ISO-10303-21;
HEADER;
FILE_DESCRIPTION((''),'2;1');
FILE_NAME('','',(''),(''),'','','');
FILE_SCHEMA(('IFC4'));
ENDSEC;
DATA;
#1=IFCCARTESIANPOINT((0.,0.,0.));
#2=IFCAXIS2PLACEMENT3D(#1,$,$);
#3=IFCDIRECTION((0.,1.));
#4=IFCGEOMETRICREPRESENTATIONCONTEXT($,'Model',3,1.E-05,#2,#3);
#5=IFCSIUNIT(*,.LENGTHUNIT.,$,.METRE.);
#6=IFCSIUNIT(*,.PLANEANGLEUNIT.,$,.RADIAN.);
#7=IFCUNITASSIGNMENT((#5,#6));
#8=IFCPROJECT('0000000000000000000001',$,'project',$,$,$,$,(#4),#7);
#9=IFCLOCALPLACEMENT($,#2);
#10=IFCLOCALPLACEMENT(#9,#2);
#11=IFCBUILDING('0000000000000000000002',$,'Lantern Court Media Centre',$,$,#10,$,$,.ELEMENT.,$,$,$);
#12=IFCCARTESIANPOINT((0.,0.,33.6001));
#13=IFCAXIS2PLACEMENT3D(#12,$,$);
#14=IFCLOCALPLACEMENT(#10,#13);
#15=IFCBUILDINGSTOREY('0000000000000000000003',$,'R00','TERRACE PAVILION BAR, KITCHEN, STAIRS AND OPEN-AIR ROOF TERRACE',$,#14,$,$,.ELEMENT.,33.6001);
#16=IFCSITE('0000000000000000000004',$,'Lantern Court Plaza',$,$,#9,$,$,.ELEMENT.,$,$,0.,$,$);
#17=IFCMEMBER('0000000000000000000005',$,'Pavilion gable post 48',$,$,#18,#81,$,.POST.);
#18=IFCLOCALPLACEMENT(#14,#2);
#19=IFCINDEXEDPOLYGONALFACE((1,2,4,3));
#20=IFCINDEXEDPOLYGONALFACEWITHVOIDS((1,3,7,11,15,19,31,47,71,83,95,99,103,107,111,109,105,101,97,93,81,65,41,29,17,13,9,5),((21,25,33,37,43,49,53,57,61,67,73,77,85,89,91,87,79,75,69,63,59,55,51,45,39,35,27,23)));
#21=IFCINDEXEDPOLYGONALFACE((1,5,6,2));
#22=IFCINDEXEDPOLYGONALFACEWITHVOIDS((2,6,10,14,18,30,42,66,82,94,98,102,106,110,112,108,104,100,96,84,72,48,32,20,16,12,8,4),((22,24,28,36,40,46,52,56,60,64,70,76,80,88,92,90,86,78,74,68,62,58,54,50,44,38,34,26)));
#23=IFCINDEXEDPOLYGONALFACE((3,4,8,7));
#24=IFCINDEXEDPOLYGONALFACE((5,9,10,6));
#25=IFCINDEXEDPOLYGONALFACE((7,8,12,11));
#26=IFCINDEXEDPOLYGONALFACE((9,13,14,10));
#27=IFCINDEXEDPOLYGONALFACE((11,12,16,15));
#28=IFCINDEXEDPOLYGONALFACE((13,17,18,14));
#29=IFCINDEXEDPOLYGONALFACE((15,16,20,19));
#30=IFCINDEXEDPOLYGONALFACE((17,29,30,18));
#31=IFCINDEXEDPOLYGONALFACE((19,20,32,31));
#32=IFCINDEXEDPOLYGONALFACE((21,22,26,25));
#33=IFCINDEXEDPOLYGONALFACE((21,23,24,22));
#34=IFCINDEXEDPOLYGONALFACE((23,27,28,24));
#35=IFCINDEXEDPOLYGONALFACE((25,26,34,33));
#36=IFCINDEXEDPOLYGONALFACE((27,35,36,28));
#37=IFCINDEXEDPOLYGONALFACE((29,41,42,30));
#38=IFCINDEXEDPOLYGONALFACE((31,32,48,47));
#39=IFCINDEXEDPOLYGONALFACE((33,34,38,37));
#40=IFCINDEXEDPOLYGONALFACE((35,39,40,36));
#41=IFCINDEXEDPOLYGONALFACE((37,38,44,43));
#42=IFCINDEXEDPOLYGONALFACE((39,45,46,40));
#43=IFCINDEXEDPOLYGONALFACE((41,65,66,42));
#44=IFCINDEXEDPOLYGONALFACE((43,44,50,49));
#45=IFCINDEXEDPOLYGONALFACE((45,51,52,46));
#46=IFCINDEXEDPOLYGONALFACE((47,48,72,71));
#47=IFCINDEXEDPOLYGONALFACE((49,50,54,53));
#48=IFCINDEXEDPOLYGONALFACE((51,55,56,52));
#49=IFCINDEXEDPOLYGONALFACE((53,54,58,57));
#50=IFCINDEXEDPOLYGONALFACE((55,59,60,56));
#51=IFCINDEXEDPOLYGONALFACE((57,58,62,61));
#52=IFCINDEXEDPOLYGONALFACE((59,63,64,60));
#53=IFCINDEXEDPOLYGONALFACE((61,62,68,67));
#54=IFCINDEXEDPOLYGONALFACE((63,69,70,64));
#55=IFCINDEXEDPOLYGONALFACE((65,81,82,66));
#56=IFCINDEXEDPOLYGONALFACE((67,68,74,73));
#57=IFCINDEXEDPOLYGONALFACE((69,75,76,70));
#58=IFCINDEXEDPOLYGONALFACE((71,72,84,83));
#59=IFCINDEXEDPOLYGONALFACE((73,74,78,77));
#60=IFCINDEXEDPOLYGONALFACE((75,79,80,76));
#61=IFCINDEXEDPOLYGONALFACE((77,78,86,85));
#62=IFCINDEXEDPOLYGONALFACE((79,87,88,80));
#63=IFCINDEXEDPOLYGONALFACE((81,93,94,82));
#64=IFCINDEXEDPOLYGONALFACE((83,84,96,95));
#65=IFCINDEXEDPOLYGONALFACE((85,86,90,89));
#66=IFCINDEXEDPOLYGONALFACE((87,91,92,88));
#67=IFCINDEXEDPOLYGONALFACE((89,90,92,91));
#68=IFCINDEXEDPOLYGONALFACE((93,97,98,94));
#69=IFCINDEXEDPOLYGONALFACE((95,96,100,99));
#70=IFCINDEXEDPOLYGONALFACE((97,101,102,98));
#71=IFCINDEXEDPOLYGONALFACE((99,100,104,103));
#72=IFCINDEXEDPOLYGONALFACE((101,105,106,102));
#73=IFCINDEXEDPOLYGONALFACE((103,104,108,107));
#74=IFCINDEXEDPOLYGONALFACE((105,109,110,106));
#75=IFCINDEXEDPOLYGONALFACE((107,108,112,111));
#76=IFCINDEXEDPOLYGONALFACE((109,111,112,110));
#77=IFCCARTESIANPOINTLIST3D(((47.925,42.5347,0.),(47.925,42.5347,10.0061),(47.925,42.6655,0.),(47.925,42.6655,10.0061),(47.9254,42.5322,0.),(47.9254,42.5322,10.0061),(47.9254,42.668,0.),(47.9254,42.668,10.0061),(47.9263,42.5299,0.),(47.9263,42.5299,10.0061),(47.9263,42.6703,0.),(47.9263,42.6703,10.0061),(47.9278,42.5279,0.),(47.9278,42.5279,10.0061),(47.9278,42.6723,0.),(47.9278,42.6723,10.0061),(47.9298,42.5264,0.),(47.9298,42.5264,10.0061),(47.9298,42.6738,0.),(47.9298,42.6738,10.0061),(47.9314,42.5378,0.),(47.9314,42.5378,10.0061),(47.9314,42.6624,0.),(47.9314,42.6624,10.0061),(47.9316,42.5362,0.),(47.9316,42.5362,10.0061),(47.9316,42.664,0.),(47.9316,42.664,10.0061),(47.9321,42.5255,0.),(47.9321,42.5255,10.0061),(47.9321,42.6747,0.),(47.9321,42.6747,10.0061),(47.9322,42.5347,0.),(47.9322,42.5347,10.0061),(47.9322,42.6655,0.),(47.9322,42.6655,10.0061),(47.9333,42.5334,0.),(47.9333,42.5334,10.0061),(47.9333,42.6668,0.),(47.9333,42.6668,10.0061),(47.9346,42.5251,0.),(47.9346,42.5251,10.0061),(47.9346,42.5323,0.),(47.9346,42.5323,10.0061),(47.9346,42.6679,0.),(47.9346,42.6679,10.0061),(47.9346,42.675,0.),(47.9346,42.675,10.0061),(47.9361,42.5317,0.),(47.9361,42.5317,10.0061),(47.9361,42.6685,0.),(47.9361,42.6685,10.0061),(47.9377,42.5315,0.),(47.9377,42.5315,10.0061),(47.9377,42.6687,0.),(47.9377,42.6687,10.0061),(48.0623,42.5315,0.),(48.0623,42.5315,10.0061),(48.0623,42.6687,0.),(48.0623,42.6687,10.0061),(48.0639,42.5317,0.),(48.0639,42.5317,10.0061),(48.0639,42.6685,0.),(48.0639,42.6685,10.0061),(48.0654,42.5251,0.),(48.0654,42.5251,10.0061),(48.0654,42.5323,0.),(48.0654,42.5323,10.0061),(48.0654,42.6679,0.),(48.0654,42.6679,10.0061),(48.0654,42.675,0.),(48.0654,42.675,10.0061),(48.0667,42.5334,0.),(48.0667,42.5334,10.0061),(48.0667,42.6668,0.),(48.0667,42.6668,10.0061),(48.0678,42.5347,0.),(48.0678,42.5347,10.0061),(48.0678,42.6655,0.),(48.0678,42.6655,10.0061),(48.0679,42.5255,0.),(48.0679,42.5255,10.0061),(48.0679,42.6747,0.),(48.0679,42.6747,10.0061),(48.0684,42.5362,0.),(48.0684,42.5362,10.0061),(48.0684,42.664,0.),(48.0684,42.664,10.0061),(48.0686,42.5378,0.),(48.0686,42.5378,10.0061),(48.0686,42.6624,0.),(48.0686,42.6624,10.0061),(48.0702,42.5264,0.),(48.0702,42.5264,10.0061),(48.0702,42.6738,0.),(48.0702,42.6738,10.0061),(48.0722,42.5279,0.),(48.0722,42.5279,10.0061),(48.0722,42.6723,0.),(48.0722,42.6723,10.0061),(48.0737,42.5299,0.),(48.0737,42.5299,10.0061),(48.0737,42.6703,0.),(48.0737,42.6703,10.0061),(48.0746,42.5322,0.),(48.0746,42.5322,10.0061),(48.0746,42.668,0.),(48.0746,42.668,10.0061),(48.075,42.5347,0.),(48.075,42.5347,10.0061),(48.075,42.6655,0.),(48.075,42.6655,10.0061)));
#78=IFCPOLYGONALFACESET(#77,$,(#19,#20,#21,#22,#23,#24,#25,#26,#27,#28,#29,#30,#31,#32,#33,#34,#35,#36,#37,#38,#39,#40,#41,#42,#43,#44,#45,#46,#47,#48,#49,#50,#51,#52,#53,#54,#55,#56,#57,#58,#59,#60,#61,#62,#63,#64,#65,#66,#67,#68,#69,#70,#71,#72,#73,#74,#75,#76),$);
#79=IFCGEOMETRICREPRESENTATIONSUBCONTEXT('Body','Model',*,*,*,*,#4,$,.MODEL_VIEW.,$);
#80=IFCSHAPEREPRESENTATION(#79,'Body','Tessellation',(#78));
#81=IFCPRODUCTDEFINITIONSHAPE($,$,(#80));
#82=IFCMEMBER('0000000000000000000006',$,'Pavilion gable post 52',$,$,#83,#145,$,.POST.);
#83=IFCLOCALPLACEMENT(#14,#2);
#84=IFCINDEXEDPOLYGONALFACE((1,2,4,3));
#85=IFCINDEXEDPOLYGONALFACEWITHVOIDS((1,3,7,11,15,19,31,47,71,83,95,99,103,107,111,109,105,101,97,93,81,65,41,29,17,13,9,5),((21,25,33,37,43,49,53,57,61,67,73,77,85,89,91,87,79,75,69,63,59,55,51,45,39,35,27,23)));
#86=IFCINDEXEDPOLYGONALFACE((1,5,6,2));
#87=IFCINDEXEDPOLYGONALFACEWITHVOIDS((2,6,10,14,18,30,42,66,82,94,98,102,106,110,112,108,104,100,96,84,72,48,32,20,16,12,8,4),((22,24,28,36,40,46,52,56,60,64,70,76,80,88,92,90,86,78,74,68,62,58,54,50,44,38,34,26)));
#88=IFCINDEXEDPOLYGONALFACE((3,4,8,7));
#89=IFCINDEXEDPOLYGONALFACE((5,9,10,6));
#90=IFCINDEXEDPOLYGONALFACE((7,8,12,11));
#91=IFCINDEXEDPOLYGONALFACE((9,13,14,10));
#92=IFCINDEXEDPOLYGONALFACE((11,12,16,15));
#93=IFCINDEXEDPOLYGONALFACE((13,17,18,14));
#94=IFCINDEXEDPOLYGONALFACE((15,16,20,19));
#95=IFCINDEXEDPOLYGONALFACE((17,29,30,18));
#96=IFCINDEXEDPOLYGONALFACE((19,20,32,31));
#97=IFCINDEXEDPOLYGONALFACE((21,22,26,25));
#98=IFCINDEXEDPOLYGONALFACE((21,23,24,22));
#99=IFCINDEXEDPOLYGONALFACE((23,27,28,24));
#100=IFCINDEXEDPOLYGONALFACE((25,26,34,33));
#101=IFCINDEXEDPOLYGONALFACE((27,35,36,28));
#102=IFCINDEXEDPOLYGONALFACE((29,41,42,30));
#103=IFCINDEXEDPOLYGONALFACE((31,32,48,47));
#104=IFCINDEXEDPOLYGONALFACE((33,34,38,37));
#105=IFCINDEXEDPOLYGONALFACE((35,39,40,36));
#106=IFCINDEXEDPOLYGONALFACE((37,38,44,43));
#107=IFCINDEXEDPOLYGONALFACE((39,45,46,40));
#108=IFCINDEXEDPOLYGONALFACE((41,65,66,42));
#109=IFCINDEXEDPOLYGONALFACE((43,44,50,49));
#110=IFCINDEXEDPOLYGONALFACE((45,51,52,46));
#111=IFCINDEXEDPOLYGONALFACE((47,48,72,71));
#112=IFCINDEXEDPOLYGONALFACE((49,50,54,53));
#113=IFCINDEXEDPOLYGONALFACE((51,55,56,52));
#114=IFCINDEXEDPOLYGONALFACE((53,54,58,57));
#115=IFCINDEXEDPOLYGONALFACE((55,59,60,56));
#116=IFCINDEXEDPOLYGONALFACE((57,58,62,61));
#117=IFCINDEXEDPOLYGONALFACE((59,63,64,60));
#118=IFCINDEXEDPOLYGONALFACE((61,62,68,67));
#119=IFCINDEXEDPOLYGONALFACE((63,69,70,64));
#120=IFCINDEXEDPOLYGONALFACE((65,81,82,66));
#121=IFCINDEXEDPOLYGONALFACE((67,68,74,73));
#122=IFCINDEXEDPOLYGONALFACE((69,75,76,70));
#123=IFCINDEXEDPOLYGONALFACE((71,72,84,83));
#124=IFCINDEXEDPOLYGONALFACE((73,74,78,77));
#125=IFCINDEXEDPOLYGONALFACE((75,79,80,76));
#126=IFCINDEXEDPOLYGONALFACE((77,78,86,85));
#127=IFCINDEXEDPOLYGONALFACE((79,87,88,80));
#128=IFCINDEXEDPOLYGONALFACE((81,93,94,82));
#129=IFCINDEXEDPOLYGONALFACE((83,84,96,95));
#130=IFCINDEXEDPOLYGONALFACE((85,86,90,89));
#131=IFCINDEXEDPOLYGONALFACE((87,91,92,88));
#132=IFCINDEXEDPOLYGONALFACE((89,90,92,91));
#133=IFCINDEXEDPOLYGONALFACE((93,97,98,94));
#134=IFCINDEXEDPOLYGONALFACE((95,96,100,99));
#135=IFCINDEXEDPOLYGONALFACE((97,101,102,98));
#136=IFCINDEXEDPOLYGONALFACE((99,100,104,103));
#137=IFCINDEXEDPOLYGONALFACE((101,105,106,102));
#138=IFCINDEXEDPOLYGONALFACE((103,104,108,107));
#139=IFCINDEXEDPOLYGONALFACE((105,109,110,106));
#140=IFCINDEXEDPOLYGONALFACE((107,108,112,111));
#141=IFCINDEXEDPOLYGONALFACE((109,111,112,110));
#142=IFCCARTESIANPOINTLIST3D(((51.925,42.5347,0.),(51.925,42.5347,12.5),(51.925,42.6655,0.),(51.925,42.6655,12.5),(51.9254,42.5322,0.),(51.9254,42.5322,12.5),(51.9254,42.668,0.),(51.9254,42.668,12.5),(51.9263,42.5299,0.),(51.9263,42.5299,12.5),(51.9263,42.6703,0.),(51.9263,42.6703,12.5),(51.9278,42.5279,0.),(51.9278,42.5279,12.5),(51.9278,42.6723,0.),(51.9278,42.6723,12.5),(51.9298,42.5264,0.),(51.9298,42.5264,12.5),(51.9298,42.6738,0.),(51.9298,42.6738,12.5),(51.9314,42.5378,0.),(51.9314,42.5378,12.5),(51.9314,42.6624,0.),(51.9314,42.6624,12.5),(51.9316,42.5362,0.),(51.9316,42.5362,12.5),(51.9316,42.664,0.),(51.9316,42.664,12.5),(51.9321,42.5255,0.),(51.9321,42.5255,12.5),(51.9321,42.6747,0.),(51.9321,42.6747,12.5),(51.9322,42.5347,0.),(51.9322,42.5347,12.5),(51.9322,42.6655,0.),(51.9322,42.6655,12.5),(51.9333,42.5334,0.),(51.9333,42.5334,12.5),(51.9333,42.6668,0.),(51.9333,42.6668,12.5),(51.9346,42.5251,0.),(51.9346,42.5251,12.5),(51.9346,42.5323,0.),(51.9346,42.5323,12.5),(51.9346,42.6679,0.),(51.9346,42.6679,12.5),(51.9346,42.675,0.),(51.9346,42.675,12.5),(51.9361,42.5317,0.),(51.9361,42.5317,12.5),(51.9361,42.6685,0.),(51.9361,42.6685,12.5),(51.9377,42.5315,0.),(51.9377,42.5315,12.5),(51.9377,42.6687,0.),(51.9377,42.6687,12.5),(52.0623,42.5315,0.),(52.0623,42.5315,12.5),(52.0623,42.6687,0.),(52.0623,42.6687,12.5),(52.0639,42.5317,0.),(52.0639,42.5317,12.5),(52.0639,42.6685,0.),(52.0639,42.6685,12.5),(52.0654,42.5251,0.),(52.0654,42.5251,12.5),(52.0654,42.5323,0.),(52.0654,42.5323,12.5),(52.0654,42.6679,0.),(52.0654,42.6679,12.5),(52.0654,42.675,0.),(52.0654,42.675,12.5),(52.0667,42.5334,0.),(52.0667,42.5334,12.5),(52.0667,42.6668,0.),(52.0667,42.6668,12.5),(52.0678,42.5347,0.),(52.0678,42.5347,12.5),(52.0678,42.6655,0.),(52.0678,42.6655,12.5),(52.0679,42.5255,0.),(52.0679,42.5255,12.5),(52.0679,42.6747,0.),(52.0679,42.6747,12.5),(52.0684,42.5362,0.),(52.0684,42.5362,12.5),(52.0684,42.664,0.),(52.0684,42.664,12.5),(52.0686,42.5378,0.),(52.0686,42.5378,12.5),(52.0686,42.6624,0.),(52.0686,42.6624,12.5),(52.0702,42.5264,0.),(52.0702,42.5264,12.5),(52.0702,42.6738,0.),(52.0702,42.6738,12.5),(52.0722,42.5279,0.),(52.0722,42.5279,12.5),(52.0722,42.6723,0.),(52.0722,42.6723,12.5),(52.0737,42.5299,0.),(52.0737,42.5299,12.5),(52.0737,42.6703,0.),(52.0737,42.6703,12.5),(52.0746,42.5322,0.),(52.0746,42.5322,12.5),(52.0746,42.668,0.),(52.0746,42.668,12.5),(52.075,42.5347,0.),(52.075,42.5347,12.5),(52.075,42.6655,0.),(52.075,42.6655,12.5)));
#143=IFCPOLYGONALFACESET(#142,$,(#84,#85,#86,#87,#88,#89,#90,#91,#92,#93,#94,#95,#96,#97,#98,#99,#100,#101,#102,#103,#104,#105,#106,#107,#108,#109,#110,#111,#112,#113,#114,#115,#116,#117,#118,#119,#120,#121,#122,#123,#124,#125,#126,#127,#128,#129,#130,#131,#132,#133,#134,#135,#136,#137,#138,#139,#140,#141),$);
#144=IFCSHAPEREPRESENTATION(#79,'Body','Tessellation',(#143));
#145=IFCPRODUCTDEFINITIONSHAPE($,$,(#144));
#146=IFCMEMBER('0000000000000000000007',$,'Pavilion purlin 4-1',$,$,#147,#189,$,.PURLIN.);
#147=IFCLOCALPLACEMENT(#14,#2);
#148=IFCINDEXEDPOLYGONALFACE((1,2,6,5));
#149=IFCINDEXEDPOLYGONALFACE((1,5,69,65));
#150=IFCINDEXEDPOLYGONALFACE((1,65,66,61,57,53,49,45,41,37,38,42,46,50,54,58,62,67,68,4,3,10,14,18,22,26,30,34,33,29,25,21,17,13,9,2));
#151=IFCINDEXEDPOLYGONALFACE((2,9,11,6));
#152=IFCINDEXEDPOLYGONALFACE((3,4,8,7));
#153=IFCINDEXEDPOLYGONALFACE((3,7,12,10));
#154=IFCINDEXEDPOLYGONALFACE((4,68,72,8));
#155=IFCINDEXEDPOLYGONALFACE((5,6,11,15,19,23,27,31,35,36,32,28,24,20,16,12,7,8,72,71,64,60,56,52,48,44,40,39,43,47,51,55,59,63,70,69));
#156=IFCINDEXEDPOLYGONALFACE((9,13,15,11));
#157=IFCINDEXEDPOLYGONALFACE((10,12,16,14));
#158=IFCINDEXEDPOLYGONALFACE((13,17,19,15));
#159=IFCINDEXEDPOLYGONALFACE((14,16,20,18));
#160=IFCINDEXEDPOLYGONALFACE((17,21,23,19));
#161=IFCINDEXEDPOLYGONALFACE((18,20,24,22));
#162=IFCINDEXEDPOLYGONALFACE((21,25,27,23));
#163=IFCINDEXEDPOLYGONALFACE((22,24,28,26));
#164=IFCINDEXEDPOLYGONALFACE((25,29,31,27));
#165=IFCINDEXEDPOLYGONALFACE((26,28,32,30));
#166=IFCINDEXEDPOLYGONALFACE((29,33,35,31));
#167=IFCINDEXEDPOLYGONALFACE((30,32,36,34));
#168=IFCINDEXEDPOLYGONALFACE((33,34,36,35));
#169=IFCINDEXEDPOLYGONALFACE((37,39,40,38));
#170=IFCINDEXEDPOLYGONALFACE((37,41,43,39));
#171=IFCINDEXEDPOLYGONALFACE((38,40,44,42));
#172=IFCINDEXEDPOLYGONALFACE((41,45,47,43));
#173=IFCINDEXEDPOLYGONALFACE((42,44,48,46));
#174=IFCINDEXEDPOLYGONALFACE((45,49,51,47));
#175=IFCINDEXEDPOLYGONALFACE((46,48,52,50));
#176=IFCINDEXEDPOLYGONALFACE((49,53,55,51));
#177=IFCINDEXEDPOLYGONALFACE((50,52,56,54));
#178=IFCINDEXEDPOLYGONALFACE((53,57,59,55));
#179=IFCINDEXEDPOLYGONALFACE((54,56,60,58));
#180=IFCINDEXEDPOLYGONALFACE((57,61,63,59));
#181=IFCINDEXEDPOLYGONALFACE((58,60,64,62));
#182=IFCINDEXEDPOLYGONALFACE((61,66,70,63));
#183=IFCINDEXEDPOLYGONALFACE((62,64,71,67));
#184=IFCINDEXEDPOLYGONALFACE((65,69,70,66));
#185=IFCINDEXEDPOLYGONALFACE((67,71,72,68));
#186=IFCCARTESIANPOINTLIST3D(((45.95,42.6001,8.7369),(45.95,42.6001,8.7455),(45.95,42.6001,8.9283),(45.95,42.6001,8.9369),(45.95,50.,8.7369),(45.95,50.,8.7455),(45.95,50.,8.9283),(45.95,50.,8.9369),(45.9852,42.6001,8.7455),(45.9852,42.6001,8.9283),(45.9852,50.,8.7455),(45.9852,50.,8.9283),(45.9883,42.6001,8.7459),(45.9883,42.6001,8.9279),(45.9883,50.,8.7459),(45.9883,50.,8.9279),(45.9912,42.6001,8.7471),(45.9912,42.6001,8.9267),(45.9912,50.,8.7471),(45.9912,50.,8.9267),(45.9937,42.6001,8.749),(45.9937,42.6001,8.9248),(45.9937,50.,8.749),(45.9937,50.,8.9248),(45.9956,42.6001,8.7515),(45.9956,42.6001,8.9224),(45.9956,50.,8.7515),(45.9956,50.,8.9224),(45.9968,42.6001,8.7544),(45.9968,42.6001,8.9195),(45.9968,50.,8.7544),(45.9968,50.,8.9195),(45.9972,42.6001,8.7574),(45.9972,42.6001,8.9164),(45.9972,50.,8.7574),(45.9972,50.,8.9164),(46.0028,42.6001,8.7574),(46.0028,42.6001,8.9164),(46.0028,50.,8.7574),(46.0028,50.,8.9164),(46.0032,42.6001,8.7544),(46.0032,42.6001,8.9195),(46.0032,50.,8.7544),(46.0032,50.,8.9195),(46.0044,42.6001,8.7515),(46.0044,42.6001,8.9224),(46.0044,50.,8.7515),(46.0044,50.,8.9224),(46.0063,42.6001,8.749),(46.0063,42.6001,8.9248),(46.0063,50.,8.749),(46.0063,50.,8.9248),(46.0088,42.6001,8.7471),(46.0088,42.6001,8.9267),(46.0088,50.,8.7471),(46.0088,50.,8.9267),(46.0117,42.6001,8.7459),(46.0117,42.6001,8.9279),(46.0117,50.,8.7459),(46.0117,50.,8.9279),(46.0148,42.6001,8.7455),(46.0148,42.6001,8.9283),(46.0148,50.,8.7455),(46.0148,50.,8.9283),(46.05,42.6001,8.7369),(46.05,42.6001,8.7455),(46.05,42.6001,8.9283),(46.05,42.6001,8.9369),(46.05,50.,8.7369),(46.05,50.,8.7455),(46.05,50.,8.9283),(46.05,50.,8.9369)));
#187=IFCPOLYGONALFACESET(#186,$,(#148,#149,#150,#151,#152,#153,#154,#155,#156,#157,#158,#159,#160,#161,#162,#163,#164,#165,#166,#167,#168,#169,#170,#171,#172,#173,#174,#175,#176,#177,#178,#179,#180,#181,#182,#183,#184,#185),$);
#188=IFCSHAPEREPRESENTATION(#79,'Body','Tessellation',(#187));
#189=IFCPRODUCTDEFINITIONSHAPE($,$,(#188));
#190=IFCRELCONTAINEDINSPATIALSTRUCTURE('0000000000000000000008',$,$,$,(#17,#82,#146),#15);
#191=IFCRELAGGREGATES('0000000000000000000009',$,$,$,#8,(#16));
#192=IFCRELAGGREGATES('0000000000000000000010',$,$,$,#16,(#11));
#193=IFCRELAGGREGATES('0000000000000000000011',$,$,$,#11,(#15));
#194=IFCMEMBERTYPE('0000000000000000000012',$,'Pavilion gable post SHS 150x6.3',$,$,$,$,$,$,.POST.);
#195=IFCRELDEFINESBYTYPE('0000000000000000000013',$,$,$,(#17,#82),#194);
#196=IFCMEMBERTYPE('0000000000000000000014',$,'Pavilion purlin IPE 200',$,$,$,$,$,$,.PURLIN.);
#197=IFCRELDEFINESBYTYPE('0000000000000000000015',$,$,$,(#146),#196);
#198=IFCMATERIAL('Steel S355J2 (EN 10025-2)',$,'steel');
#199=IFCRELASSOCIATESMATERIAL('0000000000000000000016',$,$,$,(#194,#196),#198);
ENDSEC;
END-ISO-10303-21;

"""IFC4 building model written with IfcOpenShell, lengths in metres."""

from ifc_helpers import new_model, si_unit, direction, frame, origin, origin_2d, place, context, subcontext, project, spatial, hollow_rectangle, i_section, extrude, material, material_profile, profile_set, type_object, element, save


model = new_model("IFC4")

# Units and contexts
model_context = context("Model", 3, precision=1e-05, world=origin(), true_north=direction((0.0, 1.0)))
body_context = subcontext(model_context, "Body", "Model", "MODEL_VIEW")
ifc_project = project(units=[si_unit("LENGTHUNIT", "METRE"), si_unit("PLANEANGLEUNIT", "RADIAN")], contexts=[model_context])

# Site, building, storey
site_placement = place(None, origin())
site = spatial("IfcSite", under=ifc_project, at=site_placement, Name="Lantern Court Plaza", CompositionType="ELEMENT", RefElevation=0.0)
building_placement = place(site_placement, origin())
building = spatial("IfcBuilding", under=site, at=building_placement, Name="Lantern Court Media Centre", CompositionType="ELEMENT")
storey_placement = place(building_placement, frame((0.0, 0.0, 33.6001)))
storey = spatial("IfcBuildingStorey", under=building, at=storey_placement, Name="R00", Description="TERRACE PAVILION BAR, KITCHEN, STAIRS AND OPEN-AIR ROOF TERRACE", CompositionType="ELEMENT", Elevation=33.6001)

# Members
ifc_material_1 = material(Name="Steel S355J2 (EN 10025-2)", Category="steel")
ifc_material_profile_1 = material_profile(ifc_material_1, hollow_rectangle(XDim=0.1499, YDim=0.1499, WallThickness=0.0063, InnerFilletRadius=0.0063, OuterFilletRadius=0.0095, at=origin_2d()), Name="Pavilion gable post SHS 150x6.3")
ifc_profile_set_1 = profile_set([ifc_material_profile_1], Name="Steel S355J2 (EN 10025-2)")
member_type_1 = type_object("IfcMemberType", Name="Pavilion gable post SHS 150x6.3", PredefinedType="POST", material=ifc_profile_set_1)
member_1_placement = place(storey_placement, frame((48.0, 42.6001, 0.0), z_axis=(0.0, 0.0, 1.0), x_axis=(1.0, 0.0, 0.0)))
element("IfcMember", 1, at=member_1_placement, inside=storey, type_object=member_type_1, Name="Pavilion gable post 48", PredefinedType="POST", context=body_context, shape_type="SweptSolid", body=[
    extrude(hollow_rectangle(XDim=0.1499, YDim=0.1499, WallThickness=0.0063, InnerFilletRadius=0.0063, OuterFilletRadius=0.0095, at=origin_2d()), origin(), (0.0, 0.0, 1.0), 10.0061),
])
member_2_placement = place(storey_placement, frame((52.0, 42.6001, 0.0), z_axis=(0.0, 0.0, 1.0), x_axis=(1.0, 0.0, 0.0)))
element("IfcMember", 2, at=member_2_placement, inside=storey, type_object=member_type_1, Name="Pavilion gable post 52", PredefinedType="POST", context=body_context, shape_type="SweptSolid", body=[
    extrude(hollow_rectangle(XDim=0.1499, YDim=0.1499, WallThickness=0.0063, InnerFilletRadius=0.0063, OuterFilletRadius=0.0095, at=origin_2d()), origin(), (0.0, 0.0, 1.0), 12.5),
])
ifc_material_profile_2 = material_profile(ifc_material_1, i_section(OverallWidth=0.1001, OverallDepth=0.2, WebThickness=0.0056, FlangeThickness=0.0085, FilletRadius=0.012, at=origin_2d()), Name="IPE 200")
ifc_profile_set_2 = profile_set([ifc_material_profile_2], Name="Steel S355J2 (EN 10025-2)")
member_type_2 = type_object("IfcMemberType", Name="Pavilion purlin IPE 200", PredefinedType="PURLIN", material=ifc_profile_set_2)
for number, where, z_axis, x_axis, name in (
    (3, (46.0, 42.6001, 8.8369), (0.0, 1.0, 0.0), (-1.0, 0.0, 0.0), "Pavilion purlin 4-1"),
):
    element("IfcMember", number, at=place(storey_placement, frame(where, z_axis=z_axis, x_axis=x_axis)), inside=storey, type_object=member_type_2, Name=name, PredefinedType="PURLIN", context=body_context, shape_type="SweptSolid", body=[
        extrude(i_section(OverallWidth=0.1001, OverallDepth=0.2, WebThickness=0.0056, FlangeThickness=0.0085, FilletRadius=0.012, at=origin_2d()), origin(), (0.0, 0.0, 1.0), 7.3999),
    ])

save(model, "model.ifc")
